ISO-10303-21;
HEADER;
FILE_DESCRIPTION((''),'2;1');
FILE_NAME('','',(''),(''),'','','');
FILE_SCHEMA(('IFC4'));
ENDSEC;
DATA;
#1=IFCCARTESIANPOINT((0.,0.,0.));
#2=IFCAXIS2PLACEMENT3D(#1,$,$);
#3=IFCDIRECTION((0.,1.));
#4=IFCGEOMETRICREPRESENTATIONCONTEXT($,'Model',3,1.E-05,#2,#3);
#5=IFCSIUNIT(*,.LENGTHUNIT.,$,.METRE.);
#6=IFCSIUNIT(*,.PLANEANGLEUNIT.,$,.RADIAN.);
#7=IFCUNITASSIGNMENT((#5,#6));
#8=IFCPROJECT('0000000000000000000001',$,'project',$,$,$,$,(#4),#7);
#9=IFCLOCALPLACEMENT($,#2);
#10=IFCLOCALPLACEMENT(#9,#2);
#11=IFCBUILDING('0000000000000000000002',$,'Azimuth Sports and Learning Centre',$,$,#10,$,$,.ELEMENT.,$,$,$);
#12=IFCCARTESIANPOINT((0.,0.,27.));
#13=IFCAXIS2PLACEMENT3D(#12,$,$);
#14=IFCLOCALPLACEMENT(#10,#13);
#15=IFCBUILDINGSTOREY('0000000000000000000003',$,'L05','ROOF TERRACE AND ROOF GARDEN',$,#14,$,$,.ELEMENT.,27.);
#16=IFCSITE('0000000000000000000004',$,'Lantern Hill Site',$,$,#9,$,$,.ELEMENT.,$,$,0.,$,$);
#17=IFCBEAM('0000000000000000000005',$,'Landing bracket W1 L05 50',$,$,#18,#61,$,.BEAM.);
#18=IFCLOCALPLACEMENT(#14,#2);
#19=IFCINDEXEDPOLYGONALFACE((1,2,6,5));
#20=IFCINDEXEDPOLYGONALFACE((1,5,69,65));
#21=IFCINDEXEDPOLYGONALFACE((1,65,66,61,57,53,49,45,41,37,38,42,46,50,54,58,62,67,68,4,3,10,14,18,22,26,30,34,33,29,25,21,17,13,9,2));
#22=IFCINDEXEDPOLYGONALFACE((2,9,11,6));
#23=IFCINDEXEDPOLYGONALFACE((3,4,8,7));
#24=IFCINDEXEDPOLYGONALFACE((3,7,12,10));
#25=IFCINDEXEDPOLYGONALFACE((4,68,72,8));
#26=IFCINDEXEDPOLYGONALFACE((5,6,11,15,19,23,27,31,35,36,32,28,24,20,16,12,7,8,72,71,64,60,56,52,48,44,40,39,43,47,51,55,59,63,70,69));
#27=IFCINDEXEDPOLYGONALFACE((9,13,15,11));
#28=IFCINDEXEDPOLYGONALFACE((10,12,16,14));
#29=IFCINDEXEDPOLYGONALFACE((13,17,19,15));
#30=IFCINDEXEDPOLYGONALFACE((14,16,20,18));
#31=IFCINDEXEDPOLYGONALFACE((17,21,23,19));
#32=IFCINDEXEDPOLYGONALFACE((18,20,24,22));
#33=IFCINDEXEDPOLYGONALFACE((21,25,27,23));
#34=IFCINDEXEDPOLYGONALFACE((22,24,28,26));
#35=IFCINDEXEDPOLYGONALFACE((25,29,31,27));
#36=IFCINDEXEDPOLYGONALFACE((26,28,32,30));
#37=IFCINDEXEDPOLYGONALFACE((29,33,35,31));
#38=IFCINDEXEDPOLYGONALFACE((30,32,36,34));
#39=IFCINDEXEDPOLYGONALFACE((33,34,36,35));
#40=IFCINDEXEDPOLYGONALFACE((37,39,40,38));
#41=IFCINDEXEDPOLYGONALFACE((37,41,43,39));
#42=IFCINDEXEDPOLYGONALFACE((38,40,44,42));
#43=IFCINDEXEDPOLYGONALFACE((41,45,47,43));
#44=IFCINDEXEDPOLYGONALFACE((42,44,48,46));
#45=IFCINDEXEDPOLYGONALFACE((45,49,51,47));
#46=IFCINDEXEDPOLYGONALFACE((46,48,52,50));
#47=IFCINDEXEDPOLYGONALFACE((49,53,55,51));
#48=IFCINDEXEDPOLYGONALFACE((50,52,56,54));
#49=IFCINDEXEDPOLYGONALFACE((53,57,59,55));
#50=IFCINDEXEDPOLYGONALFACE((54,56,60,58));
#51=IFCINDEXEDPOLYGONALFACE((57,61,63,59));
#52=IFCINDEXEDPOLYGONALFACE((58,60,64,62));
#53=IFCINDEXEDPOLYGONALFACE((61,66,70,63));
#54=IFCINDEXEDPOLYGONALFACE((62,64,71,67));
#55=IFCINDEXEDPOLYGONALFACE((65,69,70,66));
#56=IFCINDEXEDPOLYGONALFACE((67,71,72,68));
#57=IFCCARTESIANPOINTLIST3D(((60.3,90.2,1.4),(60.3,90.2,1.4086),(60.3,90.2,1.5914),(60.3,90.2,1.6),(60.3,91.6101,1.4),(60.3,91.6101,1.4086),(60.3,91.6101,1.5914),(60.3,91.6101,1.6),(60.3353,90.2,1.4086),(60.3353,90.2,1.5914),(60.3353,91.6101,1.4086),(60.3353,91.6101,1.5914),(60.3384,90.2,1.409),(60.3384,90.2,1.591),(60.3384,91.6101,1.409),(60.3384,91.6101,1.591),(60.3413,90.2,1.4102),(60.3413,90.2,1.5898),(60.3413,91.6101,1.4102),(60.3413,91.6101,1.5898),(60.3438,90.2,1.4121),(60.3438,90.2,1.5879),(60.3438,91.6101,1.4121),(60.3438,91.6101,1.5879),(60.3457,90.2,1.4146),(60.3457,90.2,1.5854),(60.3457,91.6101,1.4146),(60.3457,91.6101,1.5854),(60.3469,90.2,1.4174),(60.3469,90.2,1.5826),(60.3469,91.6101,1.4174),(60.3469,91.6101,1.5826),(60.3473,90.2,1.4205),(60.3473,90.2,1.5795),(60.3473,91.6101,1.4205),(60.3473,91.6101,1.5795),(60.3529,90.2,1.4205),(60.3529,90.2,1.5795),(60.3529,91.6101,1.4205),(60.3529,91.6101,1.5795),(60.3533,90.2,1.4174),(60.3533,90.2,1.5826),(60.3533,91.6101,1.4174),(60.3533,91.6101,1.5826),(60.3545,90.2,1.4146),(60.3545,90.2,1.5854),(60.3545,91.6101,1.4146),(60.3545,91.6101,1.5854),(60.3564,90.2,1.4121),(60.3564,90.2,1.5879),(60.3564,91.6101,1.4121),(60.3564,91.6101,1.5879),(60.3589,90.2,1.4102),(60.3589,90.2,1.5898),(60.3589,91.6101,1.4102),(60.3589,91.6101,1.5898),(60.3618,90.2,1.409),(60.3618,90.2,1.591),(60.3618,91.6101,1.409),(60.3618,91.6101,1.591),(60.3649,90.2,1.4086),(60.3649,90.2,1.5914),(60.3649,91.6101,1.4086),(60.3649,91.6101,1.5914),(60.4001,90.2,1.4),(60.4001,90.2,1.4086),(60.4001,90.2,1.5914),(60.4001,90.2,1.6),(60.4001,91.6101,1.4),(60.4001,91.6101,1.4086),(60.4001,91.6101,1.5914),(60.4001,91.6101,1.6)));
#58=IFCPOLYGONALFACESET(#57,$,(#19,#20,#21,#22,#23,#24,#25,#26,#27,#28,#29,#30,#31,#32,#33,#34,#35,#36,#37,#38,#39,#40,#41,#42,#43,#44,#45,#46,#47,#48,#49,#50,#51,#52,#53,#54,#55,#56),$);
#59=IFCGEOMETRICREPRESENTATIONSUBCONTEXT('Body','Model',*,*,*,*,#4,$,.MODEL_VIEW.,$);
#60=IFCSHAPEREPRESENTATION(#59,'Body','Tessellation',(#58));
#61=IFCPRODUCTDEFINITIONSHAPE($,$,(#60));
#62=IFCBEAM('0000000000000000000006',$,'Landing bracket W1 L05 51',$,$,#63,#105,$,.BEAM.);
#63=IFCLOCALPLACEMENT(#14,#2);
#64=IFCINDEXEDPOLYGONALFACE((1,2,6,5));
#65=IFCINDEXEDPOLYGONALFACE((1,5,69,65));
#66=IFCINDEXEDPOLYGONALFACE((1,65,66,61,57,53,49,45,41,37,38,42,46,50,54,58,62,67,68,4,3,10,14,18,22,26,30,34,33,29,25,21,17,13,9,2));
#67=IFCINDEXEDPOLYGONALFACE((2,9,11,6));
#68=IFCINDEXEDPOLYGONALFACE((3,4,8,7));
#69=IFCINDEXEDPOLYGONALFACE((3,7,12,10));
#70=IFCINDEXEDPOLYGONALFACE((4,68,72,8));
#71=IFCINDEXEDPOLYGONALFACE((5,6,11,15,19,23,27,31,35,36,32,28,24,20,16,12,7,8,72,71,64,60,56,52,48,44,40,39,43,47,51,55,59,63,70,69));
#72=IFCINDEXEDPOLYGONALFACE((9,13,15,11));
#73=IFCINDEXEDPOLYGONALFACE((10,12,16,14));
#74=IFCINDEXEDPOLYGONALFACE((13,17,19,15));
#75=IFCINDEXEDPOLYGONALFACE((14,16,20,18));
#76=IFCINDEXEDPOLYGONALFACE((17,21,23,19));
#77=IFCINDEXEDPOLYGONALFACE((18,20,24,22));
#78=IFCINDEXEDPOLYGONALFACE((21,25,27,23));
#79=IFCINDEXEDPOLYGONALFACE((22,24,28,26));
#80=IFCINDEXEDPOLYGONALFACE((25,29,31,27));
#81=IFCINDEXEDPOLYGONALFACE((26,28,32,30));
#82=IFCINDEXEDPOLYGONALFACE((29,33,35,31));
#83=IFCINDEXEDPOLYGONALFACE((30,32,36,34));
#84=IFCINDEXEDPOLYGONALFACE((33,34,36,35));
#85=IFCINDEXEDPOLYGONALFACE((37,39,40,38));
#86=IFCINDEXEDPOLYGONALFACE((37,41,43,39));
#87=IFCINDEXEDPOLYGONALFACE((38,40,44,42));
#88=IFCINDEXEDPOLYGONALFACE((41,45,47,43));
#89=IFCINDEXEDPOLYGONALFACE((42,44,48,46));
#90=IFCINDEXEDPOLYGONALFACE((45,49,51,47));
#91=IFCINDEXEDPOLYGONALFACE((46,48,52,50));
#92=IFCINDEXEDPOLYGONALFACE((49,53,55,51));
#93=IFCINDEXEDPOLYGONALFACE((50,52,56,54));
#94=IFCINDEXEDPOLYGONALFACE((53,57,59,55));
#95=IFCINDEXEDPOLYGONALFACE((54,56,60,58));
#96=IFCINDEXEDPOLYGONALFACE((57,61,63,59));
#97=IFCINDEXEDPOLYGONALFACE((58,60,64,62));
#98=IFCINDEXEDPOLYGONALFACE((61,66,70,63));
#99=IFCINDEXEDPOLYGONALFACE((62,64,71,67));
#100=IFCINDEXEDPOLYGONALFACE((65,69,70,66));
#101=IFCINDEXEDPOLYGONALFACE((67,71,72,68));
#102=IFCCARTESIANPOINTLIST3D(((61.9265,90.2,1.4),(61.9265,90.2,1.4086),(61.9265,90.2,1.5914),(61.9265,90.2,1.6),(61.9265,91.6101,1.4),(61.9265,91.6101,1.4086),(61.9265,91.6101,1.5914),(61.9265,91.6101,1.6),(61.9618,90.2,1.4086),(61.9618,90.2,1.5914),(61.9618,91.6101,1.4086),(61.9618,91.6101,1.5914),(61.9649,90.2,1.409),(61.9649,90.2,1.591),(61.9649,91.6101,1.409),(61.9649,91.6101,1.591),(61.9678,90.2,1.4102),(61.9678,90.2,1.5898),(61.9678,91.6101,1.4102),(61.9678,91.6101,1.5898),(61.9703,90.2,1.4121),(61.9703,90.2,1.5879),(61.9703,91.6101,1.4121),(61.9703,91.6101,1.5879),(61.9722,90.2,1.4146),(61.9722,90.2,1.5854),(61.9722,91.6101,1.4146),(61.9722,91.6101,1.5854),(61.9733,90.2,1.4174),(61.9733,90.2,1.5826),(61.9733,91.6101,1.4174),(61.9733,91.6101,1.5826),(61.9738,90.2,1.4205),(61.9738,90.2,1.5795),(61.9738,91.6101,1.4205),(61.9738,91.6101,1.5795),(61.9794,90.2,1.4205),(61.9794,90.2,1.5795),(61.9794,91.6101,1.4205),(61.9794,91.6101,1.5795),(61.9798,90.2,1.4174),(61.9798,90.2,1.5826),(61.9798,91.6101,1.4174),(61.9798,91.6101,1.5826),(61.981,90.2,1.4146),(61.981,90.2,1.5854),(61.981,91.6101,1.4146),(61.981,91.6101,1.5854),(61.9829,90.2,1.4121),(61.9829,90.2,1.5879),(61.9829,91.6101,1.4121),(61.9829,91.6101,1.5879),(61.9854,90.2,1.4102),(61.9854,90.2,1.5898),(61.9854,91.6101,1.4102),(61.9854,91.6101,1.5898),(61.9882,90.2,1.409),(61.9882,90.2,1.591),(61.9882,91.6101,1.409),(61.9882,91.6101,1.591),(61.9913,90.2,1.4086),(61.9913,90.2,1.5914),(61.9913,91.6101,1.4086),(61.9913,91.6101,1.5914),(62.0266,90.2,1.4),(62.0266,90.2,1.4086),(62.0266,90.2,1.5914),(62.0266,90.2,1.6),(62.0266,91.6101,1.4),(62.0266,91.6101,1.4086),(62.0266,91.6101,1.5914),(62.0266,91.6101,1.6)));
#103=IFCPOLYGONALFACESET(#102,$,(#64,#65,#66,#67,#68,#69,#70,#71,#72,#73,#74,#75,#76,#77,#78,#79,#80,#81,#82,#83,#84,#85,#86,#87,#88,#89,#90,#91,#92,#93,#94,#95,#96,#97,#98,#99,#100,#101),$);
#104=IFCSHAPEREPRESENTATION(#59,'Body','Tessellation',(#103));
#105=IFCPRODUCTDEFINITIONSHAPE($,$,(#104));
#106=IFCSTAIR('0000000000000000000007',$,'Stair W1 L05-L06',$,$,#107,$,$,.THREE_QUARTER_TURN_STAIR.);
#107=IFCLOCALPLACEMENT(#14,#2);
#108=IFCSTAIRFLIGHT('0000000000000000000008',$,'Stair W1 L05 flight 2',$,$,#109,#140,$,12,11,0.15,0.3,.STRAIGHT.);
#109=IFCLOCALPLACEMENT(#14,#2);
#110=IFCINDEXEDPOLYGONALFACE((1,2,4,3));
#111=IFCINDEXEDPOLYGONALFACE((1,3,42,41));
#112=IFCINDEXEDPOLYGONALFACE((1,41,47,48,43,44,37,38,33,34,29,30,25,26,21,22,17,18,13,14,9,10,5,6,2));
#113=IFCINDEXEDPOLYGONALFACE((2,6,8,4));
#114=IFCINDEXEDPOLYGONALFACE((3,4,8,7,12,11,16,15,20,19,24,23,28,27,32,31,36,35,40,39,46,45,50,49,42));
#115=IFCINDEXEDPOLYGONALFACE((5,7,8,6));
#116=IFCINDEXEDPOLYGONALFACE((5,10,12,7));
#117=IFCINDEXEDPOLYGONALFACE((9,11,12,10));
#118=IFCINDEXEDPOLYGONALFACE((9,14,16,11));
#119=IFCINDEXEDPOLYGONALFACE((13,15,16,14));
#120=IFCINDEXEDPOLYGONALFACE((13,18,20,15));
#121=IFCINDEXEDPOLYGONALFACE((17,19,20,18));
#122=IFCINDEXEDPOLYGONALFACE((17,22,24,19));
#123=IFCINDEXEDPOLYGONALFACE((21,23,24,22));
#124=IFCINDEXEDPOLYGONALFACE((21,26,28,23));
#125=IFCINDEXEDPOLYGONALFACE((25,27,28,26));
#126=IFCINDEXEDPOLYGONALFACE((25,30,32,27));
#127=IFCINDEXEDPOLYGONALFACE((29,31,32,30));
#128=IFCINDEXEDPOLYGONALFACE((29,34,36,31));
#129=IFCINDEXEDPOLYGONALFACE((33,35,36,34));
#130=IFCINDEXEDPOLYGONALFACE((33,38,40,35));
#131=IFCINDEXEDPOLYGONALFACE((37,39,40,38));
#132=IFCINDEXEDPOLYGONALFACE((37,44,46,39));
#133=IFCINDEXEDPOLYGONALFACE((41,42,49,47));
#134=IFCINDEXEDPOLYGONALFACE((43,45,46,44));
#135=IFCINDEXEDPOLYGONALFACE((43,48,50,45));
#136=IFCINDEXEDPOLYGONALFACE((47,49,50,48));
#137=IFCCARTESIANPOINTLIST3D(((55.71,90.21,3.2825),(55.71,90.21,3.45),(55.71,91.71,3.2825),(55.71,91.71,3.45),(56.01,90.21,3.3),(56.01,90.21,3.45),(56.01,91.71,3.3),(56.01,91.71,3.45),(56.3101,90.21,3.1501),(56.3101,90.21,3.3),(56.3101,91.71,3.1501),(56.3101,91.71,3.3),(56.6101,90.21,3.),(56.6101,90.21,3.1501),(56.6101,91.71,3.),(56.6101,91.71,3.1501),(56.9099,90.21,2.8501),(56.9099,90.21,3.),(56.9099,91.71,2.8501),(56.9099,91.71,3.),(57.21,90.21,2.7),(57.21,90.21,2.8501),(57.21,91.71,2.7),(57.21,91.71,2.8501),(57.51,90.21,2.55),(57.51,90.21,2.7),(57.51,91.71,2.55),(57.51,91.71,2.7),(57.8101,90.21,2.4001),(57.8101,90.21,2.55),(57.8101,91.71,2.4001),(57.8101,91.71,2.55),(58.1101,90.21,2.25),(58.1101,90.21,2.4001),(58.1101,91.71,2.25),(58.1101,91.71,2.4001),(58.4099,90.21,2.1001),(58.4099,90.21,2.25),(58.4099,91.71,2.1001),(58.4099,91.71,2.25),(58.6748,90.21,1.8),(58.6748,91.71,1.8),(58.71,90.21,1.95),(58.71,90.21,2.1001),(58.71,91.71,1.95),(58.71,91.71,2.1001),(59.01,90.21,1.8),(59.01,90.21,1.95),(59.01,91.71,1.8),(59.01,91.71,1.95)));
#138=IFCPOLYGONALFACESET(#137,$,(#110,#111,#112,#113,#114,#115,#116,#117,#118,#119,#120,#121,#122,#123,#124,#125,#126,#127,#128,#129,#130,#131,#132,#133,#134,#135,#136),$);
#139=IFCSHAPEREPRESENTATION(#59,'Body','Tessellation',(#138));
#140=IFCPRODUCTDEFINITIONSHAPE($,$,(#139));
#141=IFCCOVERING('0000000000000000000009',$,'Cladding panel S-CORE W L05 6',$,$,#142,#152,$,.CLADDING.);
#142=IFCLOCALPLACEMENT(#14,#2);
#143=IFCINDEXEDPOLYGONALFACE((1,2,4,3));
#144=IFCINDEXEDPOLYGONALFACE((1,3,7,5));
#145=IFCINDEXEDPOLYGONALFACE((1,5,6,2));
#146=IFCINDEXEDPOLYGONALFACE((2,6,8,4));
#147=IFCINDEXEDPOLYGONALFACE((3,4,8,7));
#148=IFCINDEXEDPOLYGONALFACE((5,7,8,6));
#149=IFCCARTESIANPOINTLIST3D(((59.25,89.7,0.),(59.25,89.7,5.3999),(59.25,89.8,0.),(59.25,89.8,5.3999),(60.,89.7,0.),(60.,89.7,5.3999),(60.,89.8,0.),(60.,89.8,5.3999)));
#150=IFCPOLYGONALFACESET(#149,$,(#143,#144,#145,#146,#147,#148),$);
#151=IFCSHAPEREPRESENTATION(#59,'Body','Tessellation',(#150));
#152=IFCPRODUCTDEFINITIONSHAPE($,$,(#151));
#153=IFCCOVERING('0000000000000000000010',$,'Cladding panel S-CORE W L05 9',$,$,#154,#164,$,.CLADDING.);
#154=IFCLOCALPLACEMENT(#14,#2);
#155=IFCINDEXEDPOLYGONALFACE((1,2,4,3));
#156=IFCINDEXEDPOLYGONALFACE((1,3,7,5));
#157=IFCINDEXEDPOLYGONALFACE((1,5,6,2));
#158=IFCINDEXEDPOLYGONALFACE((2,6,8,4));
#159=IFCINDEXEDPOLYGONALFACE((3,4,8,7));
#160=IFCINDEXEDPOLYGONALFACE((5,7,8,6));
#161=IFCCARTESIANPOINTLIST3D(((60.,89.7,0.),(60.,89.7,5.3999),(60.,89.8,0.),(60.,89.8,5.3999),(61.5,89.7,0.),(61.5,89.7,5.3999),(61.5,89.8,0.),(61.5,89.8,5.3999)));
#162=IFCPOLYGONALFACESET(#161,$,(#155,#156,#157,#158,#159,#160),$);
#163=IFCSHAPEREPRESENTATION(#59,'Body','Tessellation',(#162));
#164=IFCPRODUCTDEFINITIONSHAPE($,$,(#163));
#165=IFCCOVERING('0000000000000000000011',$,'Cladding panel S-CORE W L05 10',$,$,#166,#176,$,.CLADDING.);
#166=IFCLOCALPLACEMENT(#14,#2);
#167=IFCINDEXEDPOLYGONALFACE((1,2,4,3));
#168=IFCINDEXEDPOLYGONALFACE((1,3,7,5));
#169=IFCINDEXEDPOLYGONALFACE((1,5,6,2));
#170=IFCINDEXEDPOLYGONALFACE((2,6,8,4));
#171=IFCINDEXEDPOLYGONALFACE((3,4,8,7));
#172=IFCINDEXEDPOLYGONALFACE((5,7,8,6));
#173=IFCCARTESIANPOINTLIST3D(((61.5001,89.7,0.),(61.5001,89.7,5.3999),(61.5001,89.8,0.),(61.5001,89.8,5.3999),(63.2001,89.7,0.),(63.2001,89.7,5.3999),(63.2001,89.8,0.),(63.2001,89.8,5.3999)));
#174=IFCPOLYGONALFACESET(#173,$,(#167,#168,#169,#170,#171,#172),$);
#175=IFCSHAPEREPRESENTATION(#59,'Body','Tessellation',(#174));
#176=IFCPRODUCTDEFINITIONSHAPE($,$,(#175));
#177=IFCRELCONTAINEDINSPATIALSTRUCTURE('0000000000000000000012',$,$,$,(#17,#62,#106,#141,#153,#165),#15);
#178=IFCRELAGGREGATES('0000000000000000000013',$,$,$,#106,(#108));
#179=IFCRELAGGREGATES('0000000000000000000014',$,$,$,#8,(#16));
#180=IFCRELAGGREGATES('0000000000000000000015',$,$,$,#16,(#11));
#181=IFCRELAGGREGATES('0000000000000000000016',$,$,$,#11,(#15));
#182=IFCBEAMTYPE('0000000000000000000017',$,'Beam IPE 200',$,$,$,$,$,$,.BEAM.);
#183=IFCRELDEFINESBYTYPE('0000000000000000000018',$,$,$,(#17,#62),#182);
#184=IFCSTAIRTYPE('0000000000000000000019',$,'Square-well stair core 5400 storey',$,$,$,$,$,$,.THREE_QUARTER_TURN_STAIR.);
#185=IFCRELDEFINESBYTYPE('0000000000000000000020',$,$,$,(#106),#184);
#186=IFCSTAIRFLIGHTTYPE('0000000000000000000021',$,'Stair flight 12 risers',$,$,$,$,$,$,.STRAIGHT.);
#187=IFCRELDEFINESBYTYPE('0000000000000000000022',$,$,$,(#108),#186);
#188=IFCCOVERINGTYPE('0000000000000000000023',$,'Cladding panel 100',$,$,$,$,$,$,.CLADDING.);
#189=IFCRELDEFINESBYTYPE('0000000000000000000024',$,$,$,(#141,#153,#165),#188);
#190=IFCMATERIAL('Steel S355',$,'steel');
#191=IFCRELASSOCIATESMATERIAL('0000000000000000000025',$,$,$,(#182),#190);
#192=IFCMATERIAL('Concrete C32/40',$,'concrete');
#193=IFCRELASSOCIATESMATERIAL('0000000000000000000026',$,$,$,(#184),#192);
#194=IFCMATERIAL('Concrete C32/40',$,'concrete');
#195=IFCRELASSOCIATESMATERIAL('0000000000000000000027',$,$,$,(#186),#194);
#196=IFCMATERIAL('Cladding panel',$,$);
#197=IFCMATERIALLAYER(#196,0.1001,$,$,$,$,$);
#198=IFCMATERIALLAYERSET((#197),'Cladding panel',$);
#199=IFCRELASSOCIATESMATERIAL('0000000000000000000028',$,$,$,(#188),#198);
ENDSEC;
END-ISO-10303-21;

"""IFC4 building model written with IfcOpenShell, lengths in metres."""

from ifc_helpers import new_model, si_unit, direction, frame, origin, origin_2d, place, context, subcontext, project, spatial, polyline, rectangle, i_section, outline, extrude, material, layer, layer_set, material_profile, profile_set, type_object, element, aggregate, save


model = new_model("IFC4")

# Units and contexts
model_context = context("Model", 3, precision=1e-05, world=origin(), true_north=direction((0.0, 1.0)))
body_context = subcontext(model_context, "Body", "Model", "MODEL_VIEW")
ifc_project = project(units=[si_unit("LENGTHUNIT", "METRE"), si_unit("PLANEANGLEUNIT", "RADIAN")], contexts=[model_context])

# Site, building, storey
site_placement = place(None, origin())
site = spatial("IfcSite", under=ifc_project, at=site_placement, Name="Lantern Hill Site", CompositionType="ELEMENT", RefElevation=0.0)
building_placement = place(site_placement, origin())
building = spatial("IfcBuilding", under=site, at=building_placement, Name="Azimuth Sports and Learning Centre", CompositionType="ELEMENT")
storey_placement = place(building_placement, frame((0.0, 0.0, 27.0)))
storey = spatial("IfcBuildingStorey", under=building, at=storey_placement, Name="L05", Description="ROOF TERRACE AND ROOF GARDEN", CompositionType="ELEMENT", Elevation=27.0)

# Beams
ifc_material_1 = material(Name="Steel S355", Category="steel")
ifc_material_profile = material_profile(ifc_material_1, i_section(OverallWidth=0.1001, OverallDepth=0.2, WebThickness=0.0056, FlangeThickness=0.0085, FilletRadius=0.012, at=origin_2d()), Name="IPE 200")
ifc_profile_set = profile_set([ifc_material_profile], Name="Steel S355")
beam_type = type_object("IfcBeamType", Name="Beam IPE 200", PredefinedType="BEAM", material=ifc_profile_set)
for number, where, z_axis, x_axis, name in (
    (1, (60.3501, 90.2, 1.5), (0.0, 1.0, 0.0), (-1.0, 0.0, 0.0), "Landing bracket W1 L05 50"),
    (2, (61.9766, 90.2, 1.5), (0.0, 1.0, 0.0), (-1.0, 0.0, 0.0), "Landing bracket W1 L05 51"),
):
    element("IfcBeam", number, at=place(storey_placement, frame(where, z_axis=z_axis, x_axis=x_axis)), inside=storey, type_object=beam_type, Name=name, PredefinedType="BEAM", context=body_context, shape_type="SweptSolid", body=[
        extrude(i_section(OverallWidth=0.1001, OverallDepth=0.2, WebThickness=0.0056, FlangeThickness=0.0085, FilletRadius=0.012, at=origin_2d()), origin(), (0.0, 0.0, 1.0), 1.4102),
    ])

# Stair, stair flight
ifc_material_2 = material(Name="Concrete C32/40", Category="concrete")
stair_type = type_object("IfcStairType", Name="Square-well stair core 5400 storey", PredefinedType="THREE_QUARTER_TURN_STAIR", material=ifc_material_2)
stair_placement = place(storey_placement, origin())
stair = element("IfcStair", 3, at=stair_placement, inside=storey, type_object=stair_type, Name="Stair W1 L05-L06", PredefinedType="THREE_QUARTER_TURN_STAIR")
ifc_material_3 = material(Name="Concrete C32/40", Category="concrete")
stair_flight_type = type_object("IfcStairFlightType", Name="Stair flight 12 risers", PredefinedType="STRAIGHT", material=ifc_material_3)
stair_flight_placement = place(storey_placement, frame((59.01, 90.96, 1.8), z_axis=(0.0, 0.0, 1.0), x_axis=(-1.0, 0.0, 0.0)))
stair_flight = element("IfcStairFlight", 4, at=stair_flight_placement, type_object=stair_flight_type, Name="Stair W1 L05 flight 2", NumberOfRisers=12, NumberOfTreads=11, PredefinedType="STRAIGHT", RiserHeight=0.15, TreadLength=0.3, context=body_context, shape_type="SweptSolid", body=[
    extrude(outline(polyline([(0.0, 0.0), (0.0, 0.1499), (0.3, 0.1499), (0.3, 0.3), (0.6001, 0.3), (0.6001, 0.45), (0.8999, 0.45), (0.8999, 0.6001), (1.2, 0.6001), (1.2, 0.75), (1.5, 0.75), (1.5, 0.8999), (1.8, 0.8999), (1.8, 1.05), (2.1001, 1.05), (2.1001, 1.2), (2.3999, 1.2), (2.3999, 1.3501), (2.7, 1.3501), (2.7, 1.5), (3.0, 1.5), (3.0, 1.6499), (3.3, 1.6499), (3.3, 1.8), (3.3, 1.4824), (0.3352, 0.0), (0.0, 0.0)])), frame((0.0, 0.75, 0.0), z_axis=(0.0, -1.0, 0.0), x_axis=(1.0, 0.0, 0.0)), (0.0, 0.0, 1.0), 1.5),
])
aggregate(stair, [stair_flight])

# Coverings
ifc_material_4 = material(Name="Cladding panel")
ifc_layer = layer(ifc_material_4, 0.1001)
ifc_layer_set = layer_set([ifc_layer], Name="Cladding panel")
covering_type = type_object("IfcCoveringType", Name="Cladding panel 100", PredefinedType="CLADDING", material=ifc_layer_set)
covering_1_placement = place(storey_placement, frame((59.625, 89.75, 0.0), z_axis=(0.0, 0.0, 1.0), x_axis=(1.0, 0.0, 0.0)))
element("IfcCovering", 5, at=covering_1_placement, inside=storey, type_object=covering_type, Name="Cladding panel S-CORE W L05 6", PredefinedType="CLADDING", context=body_context, shape_type="SweptSolid", body=[
    extrude(rectangle(XDim=0.75, YDim=0.1001, at=origin_2d()), origin(), (0.0, 0.0, 1.0), 5.3999),
])
covering_2_placement = place(storey_placement, frame((60.75, 89.75, 0.0), z_axis=(0.0, 0.0, 1.0), x_axis=(1.0, 0.0, 0.0)))
element("IfcCovering", 6, at=covering_2_placement, inside=storey, type_object=covering_type, Name="Cladding panel S-CORE W L05 9", PredefinedType="CLADDING", context=body_context, shape_type="SweptSolid", body=[
    extrude(rectangle(XDim=1.5, YDim=0.1001, at=origin_2d()), origin(), (0.0, 0.0, 1.0), 5.3999),
])
covering_3_placement = place(storey_placement, frame((62.3501, 89.75, 0.0), z_axis=(0.0, 0.0, 1.0), x_axis=(1.0, 0.0, 0.0)))
element("IfcCovering", 7, at=covering_3_placement, inside=storey, type_object=covering_type, Name="Cladding panel S-CORE W L05 10", PredefinedType="CLADDING", context=body_context, shape_type="SweptSolid", body=[
    extrude(rectangle(XDim=1.7, YDim=0.1001, at=origin_2d()), origin(), (0.0, 0.0, 1.0), 5.3999),
])

save(model, "model.ifc")
